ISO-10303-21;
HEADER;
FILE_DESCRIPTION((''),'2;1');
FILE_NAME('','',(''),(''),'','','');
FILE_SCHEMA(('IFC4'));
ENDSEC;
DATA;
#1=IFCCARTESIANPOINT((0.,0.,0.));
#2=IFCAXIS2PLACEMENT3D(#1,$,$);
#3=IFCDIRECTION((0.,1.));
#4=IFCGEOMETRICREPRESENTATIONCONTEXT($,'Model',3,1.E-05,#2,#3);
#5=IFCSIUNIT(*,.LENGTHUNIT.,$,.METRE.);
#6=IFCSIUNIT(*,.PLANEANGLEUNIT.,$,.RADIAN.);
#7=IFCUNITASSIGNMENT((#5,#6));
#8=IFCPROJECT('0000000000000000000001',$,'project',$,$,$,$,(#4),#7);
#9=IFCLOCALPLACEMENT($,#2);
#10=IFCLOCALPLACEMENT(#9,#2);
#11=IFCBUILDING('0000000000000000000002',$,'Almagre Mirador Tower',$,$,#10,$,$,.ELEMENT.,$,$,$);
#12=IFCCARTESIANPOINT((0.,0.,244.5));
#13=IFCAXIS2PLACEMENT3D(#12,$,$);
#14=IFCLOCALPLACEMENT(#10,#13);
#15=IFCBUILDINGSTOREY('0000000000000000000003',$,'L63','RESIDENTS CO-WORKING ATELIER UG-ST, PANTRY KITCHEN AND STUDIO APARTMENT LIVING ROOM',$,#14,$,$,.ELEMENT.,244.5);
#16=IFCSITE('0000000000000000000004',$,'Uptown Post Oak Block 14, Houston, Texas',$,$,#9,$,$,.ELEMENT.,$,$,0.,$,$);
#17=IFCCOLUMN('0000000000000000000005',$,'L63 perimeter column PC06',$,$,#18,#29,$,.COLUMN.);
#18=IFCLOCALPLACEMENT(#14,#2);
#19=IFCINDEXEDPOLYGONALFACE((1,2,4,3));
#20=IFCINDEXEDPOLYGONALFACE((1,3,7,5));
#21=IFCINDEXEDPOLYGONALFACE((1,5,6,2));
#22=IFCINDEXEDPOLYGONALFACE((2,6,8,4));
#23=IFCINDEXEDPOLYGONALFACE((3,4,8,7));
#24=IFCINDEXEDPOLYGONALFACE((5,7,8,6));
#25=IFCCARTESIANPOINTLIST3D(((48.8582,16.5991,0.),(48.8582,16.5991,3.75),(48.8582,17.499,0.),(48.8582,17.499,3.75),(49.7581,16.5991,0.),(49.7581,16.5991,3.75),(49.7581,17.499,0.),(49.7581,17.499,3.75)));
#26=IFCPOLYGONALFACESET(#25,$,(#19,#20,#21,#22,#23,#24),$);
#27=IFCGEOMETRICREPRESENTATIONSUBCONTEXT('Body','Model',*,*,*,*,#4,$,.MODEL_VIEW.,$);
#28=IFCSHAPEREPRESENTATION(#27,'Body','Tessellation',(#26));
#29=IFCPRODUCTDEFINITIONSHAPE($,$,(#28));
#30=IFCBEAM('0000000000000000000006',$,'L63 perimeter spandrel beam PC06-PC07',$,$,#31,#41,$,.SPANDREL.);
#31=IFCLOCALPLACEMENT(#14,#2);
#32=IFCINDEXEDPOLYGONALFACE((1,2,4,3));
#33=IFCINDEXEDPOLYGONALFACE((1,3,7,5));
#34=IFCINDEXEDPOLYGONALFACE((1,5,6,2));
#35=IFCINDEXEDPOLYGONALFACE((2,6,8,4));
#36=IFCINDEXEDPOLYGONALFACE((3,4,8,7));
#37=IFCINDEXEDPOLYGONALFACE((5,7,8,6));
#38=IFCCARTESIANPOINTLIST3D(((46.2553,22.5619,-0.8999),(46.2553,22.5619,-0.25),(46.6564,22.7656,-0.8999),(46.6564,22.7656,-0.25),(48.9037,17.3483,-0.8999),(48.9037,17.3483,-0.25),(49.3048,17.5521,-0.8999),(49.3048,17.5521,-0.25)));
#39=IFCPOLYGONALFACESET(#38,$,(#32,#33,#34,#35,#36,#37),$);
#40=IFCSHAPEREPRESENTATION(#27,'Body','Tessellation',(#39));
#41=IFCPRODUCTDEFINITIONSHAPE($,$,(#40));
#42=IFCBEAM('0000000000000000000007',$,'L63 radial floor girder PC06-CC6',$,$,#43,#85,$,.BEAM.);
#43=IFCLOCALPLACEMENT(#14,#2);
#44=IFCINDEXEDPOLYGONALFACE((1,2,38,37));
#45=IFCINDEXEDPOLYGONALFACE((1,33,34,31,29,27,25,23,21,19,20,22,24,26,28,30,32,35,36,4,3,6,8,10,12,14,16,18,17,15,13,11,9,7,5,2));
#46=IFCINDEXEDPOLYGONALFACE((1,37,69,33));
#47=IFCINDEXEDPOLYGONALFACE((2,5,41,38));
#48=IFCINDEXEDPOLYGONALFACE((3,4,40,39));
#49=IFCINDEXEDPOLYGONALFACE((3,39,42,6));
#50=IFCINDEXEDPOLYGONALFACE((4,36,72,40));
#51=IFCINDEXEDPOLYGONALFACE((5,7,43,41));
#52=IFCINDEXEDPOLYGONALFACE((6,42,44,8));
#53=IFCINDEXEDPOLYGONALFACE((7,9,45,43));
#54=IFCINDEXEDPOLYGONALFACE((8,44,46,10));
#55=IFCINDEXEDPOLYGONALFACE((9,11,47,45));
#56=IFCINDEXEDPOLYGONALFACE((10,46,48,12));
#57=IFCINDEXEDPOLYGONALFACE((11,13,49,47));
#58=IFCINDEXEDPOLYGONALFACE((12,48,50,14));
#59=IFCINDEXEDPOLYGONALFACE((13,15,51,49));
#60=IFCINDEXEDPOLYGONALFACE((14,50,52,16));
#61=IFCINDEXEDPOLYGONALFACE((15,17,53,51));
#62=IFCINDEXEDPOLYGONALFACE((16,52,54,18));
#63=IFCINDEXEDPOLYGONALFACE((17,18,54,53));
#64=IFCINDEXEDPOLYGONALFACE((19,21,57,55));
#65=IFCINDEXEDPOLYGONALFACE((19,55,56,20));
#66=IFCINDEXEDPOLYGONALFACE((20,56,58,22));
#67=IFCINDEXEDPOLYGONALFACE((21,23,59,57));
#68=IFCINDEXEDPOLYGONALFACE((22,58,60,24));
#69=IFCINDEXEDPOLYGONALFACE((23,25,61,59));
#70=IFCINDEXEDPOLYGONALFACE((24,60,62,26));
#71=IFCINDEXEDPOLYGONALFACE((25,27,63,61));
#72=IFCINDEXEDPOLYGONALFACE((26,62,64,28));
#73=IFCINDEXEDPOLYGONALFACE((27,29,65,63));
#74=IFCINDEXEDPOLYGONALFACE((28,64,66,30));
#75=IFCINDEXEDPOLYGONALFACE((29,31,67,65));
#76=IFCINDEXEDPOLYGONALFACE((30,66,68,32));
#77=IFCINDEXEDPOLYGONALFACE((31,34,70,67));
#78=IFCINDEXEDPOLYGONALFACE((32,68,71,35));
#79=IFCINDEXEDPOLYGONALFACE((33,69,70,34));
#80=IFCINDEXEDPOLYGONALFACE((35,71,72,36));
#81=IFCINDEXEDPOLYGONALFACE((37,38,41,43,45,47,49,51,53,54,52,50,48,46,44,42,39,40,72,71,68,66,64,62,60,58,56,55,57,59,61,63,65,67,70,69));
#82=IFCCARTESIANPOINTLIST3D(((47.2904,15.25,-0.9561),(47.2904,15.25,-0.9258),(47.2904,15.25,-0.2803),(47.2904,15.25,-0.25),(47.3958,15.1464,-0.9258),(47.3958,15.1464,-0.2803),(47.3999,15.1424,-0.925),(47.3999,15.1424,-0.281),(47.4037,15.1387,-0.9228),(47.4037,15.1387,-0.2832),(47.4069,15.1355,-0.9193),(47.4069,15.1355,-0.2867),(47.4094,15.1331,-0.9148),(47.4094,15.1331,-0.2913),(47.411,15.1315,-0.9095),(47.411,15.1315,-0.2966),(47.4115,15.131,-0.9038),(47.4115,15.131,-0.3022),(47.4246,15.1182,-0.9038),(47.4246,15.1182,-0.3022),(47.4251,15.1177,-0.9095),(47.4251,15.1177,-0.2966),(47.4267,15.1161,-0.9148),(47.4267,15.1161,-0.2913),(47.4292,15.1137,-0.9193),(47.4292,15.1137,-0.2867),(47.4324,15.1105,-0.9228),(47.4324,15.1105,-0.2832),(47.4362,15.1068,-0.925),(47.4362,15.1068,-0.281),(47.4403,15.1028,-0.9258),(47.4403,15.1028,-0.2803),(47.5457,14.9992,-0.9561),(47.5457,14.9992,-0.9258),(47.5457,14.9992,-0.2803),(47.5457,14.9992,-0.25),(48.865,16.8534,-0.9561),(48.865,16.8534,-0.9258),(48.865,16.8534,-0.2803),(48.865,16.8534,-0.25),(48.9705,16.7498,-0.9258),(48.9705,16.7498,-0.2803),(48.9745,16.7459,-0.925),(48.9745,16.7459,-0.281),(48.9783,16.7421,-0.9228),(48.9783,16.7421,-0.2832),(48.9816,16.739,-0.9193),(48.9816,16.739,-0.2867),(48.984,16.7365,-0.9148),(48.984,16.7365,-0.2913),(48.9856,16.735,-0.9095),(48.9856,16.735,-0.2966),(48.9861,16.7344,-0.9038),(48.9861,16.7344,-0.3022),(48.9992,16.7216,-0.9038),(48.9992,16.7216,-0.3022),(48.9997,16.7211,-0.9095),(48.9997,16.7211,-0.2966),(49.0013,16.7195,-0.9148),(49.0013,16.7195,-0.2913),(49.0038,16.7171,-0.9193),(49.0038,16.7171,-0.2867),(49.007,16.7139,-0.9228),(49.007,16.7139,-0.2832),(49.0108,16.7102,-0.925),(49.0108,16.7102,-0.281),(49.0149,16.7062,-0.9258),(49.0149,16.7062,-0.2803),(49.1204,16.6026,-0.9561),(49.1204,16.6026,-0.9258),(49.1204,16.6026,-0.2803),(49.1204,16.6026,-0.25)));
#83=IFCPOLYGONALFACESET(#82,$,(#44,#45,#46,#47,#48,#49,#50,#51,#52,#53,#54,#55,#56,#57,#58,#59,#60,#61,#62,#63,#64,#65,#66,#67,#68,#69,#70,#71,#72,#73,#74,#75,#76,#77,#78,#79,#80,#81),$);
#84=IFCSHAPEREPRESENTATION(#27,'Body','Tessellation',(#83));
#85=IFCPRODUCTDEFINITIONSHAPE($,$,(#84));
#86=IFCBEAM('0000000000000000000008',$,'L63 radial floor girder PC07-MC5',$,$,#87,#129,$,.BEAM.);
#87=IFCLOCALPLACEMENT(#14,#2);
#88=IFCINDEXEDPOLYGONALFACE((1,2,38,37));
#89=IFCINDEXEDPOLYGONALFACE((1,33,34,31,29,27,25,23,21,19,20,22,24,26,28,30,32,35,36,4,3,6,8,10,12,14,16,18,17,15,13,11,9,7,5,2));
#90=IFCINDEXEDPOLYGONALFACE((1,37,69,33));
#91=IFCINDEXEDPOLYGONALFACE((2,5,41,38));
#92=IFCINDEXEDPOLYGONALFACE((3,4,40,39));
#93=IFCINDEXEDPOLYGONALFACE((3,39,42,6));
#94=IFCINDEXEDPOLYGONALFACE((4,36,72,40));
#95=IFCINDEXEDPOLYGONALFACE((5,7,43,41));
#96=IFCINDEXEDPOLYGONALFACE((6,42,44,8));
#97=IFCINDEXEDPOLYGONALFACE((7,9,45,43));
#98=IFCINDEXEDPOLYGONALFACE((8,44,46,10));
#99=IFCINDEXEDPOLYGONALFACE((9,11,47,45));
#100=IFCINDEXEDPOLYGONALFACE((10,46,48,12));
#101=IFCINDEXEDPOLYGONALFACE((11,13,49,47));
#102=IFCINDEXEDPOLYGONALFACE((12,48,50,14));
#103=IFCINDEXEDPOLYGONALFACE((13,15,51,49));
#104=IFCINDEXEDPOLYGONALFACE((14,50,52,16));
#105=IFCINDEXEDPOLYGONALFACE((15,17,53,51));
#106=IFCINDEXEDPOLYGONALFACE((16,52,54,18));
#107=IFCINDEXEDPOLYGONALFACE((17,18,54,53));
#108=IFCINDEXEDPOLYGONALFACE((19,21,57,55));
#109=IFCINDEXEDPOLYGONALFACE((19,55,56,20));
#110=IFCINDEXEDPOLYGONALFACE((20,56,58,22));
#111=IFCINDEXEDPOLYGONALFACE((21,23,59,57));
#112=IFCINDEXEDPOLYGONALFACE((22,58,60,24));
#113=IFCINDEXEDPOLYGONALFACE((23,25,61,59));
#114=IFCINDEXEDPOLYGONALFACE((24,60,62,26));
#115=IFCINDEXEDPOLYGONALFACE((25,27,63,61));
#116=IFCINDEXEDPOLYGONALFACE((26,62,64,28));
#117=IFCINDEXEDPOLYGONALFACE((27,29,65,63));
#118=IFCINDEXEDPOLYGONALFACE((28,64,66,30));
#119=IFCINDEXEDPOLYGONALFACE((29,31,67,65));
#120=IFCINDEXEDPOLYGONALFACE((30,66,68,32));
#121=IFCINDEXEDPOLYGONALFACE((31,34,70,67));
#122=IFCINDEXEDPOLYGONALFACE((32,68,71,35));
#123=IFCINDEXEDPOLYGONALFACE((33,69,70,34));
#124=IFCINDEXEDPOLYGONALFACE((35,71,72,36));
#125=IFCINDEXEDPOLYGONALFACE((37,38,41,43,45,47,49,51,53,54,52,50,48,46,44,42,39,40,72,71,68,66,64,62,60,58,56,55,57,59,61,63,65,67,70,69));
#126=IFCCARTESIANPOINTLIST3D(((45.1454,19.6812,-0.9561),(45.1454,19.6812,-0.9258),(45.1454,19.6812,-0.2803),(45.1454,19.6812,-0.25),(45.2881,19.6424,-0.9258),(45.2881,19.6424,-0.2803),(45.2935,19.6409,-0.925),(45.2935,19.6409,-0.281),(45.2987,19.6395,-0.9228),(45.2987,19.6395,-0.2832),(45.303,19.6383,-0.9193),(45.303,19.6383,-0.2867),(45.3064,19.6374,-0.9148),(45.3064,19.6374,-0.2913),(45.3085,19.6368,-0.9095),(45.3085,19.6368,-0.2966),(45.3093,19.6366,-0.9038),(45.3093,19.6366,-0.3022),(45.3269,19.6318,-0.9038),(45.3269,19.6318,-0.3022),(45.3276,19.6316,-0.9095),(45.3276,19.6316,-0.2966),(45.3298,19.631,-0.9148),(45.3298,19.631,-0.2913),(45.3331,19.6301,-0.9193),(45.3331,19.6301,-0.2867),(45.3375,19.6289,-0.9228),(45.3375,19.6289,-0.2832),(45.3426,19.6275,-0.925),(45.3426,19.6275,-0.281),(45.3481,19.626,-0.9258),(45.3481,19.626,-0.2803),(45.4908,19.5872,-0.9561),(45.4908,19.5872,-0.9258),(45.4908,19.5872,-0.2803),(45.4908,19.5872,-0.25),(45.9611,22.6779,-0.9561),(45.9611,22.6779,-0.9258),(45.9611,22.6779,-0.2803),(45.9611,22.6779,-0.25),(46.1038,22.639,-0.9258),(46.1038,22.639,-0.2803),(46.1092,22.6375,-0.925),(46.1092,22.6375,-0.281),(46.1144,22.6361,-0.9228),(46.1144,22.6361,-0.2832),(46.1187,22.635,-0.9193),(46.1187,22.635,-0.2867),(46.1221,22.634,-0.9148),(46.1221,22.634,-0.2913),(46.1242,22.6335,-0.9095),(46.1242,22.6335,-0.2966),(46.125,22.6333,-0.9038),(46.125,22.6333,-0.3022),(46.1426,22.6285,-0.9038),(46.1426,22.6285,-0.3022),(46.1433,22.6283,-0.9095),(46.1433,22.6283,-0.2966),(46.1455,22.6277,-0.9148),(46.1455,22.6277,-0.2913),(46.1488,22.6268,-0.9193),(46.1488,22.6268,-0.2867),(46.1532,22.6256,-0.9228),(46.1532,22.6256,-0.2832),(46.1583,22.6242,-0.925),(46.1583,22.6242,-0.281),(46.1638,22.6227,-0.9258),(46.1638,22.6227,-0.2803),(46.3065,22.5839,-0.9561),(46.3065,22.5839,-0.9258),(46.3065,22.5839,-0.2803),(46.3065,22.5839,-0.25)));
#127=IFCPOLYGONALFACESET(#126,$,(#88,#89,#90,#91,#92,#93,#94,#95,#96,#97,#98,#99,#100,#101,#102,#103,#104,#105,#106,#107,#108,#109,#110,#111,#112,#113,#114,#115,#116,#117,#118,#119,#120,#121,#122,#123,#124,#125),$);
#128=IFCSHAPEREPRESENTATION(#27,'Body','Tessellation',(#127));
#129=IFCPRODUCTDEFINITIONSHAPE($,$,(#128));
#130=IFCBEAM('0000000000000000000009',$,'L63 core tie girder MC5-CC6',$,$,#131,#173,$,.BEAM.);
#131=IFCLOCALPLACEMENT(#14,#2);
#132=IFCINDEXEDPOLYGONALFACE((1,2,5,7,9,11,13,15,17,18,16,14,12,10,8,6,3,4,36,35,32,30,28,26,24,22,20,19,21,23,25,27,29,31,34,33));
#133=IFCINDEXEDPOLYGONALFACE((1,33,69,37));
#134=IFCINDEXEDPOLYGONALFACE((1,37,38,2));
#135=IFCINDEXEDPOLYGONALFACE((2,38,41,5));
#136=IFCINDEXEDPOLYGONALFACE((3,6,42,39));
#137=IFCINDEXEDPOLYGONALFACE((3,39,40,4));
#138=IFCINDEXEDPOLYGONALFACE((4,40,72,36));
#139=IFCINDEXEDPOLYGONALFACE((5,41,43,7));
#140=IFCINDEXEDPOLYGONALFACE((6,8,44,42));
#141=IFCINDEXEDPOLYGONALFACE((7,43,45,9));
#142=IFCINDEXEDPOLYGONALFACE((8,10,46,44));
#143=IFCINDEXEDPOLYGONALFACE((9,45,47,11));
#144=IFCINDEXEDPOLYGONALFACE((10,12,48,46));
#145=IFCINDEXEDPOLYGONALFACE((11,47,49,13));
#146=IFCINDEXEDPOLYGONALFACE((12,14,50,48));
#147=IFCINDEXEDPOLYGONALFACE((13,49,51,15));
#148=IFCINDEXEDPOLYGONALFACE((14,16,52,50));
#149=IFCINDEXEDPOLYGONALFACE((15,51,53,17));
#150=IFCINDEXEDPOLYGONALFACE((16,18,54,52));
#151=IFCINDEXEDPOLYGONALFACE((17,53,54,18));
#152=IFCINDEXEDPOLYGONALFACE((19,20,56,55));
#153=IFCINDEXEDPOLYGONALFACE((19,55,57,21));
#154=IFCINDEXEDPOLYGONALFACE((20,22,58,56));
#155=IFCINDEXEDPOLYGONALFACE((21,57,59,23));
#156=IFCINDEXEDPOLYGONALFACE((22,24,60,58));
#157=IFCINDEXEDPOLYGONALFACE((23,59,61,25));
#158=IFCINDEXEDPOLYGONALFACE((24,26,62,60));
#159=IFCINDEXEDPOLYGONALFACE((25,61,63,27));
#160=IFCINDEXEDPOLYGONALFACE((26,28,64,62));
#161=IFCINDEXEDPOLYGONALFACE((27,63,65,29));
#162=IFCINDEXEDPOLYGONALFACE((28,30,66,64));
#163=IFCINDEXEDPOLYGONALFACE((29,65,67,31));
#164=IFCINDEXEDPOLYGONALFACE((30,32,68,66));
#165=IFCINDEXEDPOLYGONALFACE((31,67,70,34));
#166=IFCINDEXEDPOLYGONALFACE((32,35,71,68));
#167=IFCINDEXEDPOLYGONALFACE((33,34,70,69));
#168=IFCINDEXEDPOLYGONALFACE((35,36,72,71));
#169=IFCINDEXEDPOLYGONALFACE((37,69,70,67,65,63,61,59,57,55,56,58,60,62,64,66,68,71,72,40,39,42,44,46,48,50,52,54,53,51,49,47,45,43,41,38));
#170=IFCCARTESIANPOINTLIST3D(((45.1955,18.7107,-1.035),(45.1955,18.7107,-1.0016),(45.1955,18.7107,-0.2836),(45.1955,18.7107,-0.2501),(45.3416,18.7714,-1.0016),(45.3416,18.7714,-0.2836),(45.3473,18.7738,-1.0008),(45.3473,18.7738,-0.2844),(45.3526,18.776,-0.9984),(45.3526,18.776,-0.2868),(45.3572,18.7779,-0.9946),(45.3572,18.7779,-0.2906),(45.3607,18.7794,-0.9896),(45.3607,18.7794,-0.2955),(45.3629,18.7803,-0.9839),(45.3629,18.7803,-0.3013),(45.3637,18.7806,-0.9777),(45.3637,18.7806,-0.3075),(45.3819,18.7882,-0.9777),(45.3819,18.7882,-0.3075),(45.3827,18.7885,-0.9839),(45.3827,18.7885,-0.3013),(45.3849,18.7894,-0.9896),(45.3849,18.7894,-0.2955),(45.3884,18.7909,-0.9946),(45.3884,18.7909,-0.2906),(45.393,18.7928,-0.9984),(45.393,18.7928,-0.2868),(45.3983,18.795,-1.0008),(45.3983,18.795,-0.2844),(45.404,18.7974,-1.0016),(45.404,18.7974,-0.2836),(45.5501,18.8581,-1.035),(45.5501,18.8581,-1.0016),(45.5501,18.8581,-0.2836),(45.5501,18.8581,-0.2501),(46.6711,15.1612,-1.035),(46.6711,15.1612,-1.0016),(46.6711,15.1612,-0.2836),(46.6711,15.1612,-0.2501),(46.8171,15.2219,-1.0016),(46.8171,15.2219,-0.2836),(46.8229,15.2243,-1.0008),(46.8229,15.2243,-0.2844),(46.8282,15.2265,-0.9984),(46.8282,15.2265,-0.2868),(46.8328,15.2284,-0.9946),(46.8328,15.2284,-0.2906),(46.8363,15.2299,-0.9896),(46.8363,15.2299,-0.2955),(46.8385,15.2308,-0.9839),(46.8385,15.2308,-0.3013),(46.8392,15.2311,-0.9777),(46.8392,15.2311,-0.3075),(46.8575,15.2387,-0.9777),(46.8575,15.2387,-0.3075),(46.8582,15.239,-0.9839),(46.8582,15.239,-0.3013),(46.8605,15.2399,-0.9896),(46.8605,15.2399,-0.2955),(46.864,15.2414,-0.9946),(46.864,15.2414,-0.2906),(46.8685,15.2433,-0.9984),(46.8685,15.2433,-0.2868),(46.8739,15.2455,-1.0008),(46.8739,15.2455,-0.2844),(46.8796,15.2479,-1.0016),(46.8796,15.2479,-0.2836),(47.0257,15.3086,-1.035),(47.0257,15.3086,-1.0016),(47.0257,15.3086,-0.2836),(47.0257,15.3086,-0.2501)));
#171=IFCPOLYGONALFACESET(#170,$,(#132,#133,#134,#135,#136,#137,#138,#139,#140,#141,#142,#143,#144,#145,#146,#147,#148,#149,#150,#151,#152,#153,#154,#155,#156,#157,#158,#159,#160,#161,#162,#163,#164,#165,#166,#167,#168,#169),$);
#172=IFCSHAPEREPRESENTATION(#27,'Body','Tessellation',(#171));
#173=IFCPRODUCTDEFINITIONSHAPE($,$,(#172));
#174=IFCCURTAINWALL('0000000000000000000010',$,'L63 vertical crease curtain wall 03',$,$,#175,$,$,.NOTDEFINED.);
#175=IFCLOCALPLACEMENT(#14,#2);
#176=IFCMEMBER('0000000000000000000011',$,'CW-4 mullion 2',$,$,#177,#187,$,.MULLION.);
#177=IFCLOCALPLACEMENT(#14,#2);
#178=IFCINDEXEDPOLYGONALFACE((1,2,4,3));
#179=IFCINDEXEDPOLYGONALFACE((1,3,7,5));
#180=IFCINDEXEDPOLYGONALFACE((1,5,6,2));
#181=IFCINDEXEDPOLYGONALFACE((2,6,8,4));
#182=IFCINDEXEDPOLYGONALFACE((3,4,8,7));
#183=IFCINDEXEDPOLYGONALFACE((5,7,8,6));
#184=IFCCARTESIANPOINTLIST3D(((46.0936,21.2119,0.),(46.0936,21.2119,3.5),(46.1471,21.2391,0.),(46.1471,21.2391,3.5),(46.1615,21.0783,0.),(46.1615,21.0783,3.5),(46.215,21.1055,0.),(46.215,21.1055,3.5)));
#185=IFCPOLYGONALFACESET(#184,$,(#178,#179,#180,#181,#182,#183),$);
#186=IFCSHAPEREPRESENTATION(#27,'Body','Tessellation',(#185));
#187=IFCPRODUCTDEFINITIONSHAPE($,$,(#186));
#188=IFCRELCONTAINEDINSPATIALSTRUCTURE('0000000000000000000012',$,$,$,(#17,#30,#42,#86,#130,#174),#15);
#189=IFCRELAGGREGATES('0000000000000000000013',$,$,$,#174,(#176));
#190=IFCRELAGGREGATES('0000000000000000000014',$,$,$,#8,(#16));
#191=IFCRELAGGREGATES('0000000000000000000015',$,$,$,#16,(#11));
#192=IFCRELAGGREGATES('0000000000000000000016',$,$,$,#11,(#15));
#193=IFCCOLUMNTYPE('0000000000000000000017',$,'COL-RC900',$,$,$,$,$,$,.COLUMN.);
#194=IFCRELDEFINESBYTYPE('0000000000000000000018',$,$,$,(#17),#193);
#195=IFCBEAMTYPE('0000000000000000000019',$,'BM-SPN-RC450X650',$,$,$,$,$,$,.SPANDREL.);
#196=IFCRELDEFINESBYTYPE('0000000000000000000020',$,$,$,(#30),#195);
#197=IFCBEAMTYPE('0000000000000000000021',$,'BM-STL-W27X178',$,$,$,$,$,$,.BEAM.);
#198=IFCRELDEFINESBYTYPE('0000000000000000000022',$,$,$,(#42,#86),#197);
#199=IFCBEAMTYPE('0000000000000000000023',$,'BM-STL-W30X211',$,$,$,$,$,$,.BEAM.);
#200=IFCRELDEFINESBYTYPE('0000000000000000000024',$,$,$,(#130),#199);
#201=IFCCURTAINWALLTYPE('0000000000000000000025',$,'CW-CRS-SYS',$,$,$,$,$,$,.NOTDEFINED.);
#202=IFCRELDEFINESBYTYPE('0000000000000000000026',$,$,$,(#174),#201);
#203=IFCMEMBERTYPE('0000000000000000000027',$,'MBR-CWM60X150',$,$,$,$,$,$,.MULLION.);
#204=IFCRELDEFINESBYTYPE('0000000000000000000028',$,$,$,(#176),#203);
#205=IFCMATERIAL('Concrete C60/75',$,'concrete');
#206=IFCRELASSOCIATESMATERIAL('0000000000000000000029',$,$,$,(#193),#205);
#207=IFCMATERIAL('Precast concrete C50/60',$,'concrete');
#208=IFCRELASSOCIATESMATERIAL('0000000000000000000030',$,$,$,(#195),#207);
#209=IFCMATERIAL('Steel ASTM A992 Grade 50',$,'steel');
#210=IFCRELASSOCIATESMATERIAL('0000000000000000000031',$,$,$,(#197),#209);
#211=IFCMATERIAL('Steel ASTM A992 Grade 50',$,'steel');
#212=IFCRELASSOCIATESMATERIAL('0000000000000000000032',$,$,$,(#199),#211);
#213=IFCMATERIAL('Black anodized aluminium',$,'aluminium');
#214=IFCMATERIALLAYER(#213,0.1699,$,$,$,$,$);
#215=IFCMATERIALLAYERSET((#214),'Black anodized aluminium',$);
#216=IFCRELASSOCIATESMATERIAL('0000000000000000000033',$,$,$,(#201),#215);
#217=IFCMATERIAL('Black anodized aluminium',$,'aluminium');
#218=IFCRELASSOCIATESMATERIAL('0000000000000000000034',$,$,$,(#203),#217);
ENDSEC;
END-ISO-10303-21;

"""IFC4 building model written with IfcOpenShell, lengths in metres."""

from ifc_helpers import new_model, si_unit, direction, frame, origin, origin_2d, place, context, subcontext, project, spatial, rectangle, i_section, extrude, material, layer, layer_set, material_profile, profile_set, type_object, element, aggregate, save


model = new_model("IFC4")

# Units and contexts
model_context = context("Model", 3, precision=1e-05, world=origin(), true_north=direction((0.0, 1.0)))
body_context = subcontext(model_context, "Body", "Model", "MODEL_VIEW")
ifc_project = project(units=[si_unit("LENGTHUNIT", "METRE"), si_unit("PLANEANGLEUNIT", "RADIAN")], contexts=[model_context])

# Site, building, storey
site_placement = place(None, origin())
site = spatial("IfcSite", under=ifc_project, at=site_placement, Name="Uptown Post Oak Block 14, Houston, Texas", CompositionType="ELEMENT", RefElevation=0.0)
building_placement = place(site_placement, origin())
building = spatial("IfcBuilding", under=site, at=building_placement, Name="Almagre Mirador Tower", CompositionType="ELEMENT")
storey_placement = place(building_placement, frame((0.0, 0.0, 244.5)))
storey = spatial("IfcBuildingStorey", under=building, at=storey_placement, Name="L63", Description="RESIDENTS CO-WORKING ATELIER UG-ST, PANTRY KITCHEN AND STUDIO APARTMENT LIVING ROOM", CompositionType="ELEMENT", Elevation=244.5)

# Column
ifc_material_1 = material(Name="Concrete C60/75", Category="concrete")
ifc_material_profile_1 = material_profile(ifc_material_1, rectangle(XDim=0.8999, YDim=0.8999, at=origin_2d()), Name="RC900X900")
ifc_profile_set_1 = profile_set([ifc_material_profile_1], Name="Concrete C60/75")
column_type = type_object("IfcColumnType", Name="COL-RC900", PredefinedType="COLUMN", material=ifc_profile_set_1)
column_placement = place(storey_placement, frame((49.3081, 17.0491, 0.0), z_axis=(0.0, 0.0, 1.0), x_axis=(1.0, 0.0, 0.0)))
element("IfcColumn", 1, at=column_placement, inside=storey, type_object=column_type, Name="L63 perimeter column PC06", PredefinedType="COLUMN", context=body_context, shape_type="SweptSolid", body=[
    extrude(rectangle(XDim=0.8999, YDim=0.8999, at=origin_2d()), origin(), (0.0, 0.0, 1.0), 3.75),
])

# Beams
ifc_material_2 = material(Name="Precast concrete C50/60", Category="concrete")
ifc_material_profile_2 = material_profile(ifc_material_2, rectangle(XDim=0.45, YDim=0.6499, at=origin_2d()), Name="RC450X650")
ifc_profile_set_2 = profile_set([ifc_material_profile_2], Name="Precast concrete C50/60")
beam_type_1 = type_object("IfcBeamType", Name="BM-SPN-RC450X650", PredefinedType="SPANDREL", material=ifc_profile_set_2)
beam_1_placement = place(storey_placement, frame((49.1042, 17.4502, -0.575), z_axis=(-0.452899, 0.891562, 0.0), x_axis=(-0.891562, -0.452899, 0.0)))
element("IfcBeam", 2, at=beam_1_placement, inside=storey, type_object=beam_type_1, Name="L63 perimeter spandrel beam PC06-PC07", PredefinedType="SPANDREL", context=body_context, shape_type="SweptSolid", body=[
    extrude(rectangle(XDim=0.45, YDim=0.6499, at=origin_2d()), origin(), (0.0, 0.0, 1.0), 5.8477),
])
ifc_material_3 = material(Name="Steel ASTM A992 Grade 50", Category="steel")
ifc_material_profile_3 = material_profile(ifc_material_3, i_section(OverallWidth=0.3579, OverallDepth=0.7061, WebThickness=0.0183, FlangeThickness=0.0303, FilletRadius=0.022, at=origin_2d()), Name="W27X178")
ifc_profile_set_3 = profile_set([ifc_material_profile_3], Name="Steel ASTM A992 Grade 50")
beam_type_2 = type_object("IfcBeamType", Name="BM-STL-W27X178", PredefinedType="BEAM", material=ifc_profile_set_3)
beam_2_placement = place(storey_placement, frame((48.9927, 16.728, -0.603), z_axis=(-0.700669, -0.713487, 0.0), x_axis=(0.713487, -0.700669, 0.0)))
element("IfcBeam", 3, at=beam_2_placement, inside=storey, type_object=beam_type_2, Name="L63 radial floor girder PC06-CC6", PredefinedType="BEAM", context=body_context, shape_type="SweptSolid", body=[
    extrude(i_section(OverallWidth=0.3579, OverallDepth=0.7061, WebThickness=0.0183, FlangeThickness=0.0303, FilletRadius=0.022, at=origin_2d()), origin(), (0.0, 0.0, 1.0), 2.2473),
])
beam_3_placement = place(storey_placement, frame((46.1338, 22.6309, -0.603), z_axis=(-0.262645, -0.964893, 0.0), x_axis=(0.964893, -0.262645, 0.0)))
element("IfcBeam", 4, at=beam_3_placement, inside=storey, type_object=beam_type_2, Name="L63 radial floor girder PC07-MC5", PredefinedType="BEAM", context=body_context, shape_type="SweptSolid", body=[
    extrude(i_section(OverallWidth=0.3579, OverallDepth=0.7061, WebThickness=0.0183, FlangeThickness=0.0303, FilletRadius=0.022, at=origin_2d()), origin(), (0.0, 0.0, 1.0), 3.1057),
])
ifc_material_4 = material(Name="Steel ASTM A992 Grade 50", Category="steel")
ifc_material_profile_4 = material_profile(ifc_material_4, i_section(OverallWidth=0.384, OverallDepth=0.7849, WebThickness=0.0198, FlangeThickness=0.0334, FilletRadius=0.0239, at=origin_2d()), Name="W30X211")
ifc_profile_set_4 = profile_set([ifc_material_profile_4], Name="Steel ASTM A992 Grade 50")
beam_type_3 = type_object("IfcBeamType", Name="BM-STL-W30X211", PredefinedType="BEAM", material=ifc_profile_set_4)
beam_4_placement = place(storey_placement, frame((45.3728, 18.7844, -0.6426), z_axis=(0.383862, -0.92339, 0.0), x_axis=(0.92339, 0.383862, 0.0)))
element("IfcBeam", 5, at=beam_4_placement, inside=storey, type_object=beam_type_3, Name="L63 core tie girder MC5-CC6", PredefinedType="BEAM", context=body_context, shape_type="SweptSolid", body=[
    extrude(i_section(OverallWidth=0.384, OverallDepth=0.7849, WebThickness=0.0198, FlangeThickness=0.0334, FilletRadius=0.0239, at=origin_2d()), origin(), (0.0, 0.0, 1.0), 3.844),
])

# Curtain wall, member
ifc_material_5 = material(Name="Black anodized aluminium", Category="aluminium")
ifc_layer_1 = layer(ifc_material_5, 0.1699)
ifc_layer_set_1 = layer_set([ifc_layer_1], Name="Black anodized aluminium")
curtain_wall_type = type_object("IfcCurtainWallType", Name="CW-CRS-SYS", PredefinedType="NOTDEFINED", material=ifc_layer_set_1)
curtain_wall_placement = place(storey_placement, origin())
curtain_wall = element("IfcCurtainWall", 6, at=curtain_wall_placement, inside=storey, type_object=curtain_wall_type, Name="L63 vertical crease curtain wall 03", PredefinedType="NOTDEFINED")
ifc_material_6 = material(Name="Black anodized aluminium", Category="aluminium")
ifc_material_profile_5 = material_profile(ifc_material_6, rectangle(XDim=0.0601, YDim=0.1499, at=origin_2d()), Name="CWM60X150")
ifc_profile_set_5 = profile_set([ifc_material_profile_5], Name="Black anodized aluminium")
member_type = type_object("IfcMemberType", Name="MBR-CWM60X150", PredefinedType="MULLION", material=ifc_profile_set_5)
member_placement = place(storey_placement, frame((46.1543, 21.1587, 0.0), z_axis=(0.0, 0.0, 1.0), x_axis=(0.891634, 0.452757, 0.0)))
member = element("IfcMember", 7, at=member_placement, type_object=member_type, Name="CW-4 mullion 2", PredefinedType="MULLION", context=body_context, shape_type="SweptSolid", body=[
    extrude(rectangle(XDim=0.0601, YDim=0.1499, at=origin_2d()), origin(), (0.0, 0.0, 1.0), 3.5),
])
aggregate(curtain_wall, [member])

save(model, "model.ifc")
